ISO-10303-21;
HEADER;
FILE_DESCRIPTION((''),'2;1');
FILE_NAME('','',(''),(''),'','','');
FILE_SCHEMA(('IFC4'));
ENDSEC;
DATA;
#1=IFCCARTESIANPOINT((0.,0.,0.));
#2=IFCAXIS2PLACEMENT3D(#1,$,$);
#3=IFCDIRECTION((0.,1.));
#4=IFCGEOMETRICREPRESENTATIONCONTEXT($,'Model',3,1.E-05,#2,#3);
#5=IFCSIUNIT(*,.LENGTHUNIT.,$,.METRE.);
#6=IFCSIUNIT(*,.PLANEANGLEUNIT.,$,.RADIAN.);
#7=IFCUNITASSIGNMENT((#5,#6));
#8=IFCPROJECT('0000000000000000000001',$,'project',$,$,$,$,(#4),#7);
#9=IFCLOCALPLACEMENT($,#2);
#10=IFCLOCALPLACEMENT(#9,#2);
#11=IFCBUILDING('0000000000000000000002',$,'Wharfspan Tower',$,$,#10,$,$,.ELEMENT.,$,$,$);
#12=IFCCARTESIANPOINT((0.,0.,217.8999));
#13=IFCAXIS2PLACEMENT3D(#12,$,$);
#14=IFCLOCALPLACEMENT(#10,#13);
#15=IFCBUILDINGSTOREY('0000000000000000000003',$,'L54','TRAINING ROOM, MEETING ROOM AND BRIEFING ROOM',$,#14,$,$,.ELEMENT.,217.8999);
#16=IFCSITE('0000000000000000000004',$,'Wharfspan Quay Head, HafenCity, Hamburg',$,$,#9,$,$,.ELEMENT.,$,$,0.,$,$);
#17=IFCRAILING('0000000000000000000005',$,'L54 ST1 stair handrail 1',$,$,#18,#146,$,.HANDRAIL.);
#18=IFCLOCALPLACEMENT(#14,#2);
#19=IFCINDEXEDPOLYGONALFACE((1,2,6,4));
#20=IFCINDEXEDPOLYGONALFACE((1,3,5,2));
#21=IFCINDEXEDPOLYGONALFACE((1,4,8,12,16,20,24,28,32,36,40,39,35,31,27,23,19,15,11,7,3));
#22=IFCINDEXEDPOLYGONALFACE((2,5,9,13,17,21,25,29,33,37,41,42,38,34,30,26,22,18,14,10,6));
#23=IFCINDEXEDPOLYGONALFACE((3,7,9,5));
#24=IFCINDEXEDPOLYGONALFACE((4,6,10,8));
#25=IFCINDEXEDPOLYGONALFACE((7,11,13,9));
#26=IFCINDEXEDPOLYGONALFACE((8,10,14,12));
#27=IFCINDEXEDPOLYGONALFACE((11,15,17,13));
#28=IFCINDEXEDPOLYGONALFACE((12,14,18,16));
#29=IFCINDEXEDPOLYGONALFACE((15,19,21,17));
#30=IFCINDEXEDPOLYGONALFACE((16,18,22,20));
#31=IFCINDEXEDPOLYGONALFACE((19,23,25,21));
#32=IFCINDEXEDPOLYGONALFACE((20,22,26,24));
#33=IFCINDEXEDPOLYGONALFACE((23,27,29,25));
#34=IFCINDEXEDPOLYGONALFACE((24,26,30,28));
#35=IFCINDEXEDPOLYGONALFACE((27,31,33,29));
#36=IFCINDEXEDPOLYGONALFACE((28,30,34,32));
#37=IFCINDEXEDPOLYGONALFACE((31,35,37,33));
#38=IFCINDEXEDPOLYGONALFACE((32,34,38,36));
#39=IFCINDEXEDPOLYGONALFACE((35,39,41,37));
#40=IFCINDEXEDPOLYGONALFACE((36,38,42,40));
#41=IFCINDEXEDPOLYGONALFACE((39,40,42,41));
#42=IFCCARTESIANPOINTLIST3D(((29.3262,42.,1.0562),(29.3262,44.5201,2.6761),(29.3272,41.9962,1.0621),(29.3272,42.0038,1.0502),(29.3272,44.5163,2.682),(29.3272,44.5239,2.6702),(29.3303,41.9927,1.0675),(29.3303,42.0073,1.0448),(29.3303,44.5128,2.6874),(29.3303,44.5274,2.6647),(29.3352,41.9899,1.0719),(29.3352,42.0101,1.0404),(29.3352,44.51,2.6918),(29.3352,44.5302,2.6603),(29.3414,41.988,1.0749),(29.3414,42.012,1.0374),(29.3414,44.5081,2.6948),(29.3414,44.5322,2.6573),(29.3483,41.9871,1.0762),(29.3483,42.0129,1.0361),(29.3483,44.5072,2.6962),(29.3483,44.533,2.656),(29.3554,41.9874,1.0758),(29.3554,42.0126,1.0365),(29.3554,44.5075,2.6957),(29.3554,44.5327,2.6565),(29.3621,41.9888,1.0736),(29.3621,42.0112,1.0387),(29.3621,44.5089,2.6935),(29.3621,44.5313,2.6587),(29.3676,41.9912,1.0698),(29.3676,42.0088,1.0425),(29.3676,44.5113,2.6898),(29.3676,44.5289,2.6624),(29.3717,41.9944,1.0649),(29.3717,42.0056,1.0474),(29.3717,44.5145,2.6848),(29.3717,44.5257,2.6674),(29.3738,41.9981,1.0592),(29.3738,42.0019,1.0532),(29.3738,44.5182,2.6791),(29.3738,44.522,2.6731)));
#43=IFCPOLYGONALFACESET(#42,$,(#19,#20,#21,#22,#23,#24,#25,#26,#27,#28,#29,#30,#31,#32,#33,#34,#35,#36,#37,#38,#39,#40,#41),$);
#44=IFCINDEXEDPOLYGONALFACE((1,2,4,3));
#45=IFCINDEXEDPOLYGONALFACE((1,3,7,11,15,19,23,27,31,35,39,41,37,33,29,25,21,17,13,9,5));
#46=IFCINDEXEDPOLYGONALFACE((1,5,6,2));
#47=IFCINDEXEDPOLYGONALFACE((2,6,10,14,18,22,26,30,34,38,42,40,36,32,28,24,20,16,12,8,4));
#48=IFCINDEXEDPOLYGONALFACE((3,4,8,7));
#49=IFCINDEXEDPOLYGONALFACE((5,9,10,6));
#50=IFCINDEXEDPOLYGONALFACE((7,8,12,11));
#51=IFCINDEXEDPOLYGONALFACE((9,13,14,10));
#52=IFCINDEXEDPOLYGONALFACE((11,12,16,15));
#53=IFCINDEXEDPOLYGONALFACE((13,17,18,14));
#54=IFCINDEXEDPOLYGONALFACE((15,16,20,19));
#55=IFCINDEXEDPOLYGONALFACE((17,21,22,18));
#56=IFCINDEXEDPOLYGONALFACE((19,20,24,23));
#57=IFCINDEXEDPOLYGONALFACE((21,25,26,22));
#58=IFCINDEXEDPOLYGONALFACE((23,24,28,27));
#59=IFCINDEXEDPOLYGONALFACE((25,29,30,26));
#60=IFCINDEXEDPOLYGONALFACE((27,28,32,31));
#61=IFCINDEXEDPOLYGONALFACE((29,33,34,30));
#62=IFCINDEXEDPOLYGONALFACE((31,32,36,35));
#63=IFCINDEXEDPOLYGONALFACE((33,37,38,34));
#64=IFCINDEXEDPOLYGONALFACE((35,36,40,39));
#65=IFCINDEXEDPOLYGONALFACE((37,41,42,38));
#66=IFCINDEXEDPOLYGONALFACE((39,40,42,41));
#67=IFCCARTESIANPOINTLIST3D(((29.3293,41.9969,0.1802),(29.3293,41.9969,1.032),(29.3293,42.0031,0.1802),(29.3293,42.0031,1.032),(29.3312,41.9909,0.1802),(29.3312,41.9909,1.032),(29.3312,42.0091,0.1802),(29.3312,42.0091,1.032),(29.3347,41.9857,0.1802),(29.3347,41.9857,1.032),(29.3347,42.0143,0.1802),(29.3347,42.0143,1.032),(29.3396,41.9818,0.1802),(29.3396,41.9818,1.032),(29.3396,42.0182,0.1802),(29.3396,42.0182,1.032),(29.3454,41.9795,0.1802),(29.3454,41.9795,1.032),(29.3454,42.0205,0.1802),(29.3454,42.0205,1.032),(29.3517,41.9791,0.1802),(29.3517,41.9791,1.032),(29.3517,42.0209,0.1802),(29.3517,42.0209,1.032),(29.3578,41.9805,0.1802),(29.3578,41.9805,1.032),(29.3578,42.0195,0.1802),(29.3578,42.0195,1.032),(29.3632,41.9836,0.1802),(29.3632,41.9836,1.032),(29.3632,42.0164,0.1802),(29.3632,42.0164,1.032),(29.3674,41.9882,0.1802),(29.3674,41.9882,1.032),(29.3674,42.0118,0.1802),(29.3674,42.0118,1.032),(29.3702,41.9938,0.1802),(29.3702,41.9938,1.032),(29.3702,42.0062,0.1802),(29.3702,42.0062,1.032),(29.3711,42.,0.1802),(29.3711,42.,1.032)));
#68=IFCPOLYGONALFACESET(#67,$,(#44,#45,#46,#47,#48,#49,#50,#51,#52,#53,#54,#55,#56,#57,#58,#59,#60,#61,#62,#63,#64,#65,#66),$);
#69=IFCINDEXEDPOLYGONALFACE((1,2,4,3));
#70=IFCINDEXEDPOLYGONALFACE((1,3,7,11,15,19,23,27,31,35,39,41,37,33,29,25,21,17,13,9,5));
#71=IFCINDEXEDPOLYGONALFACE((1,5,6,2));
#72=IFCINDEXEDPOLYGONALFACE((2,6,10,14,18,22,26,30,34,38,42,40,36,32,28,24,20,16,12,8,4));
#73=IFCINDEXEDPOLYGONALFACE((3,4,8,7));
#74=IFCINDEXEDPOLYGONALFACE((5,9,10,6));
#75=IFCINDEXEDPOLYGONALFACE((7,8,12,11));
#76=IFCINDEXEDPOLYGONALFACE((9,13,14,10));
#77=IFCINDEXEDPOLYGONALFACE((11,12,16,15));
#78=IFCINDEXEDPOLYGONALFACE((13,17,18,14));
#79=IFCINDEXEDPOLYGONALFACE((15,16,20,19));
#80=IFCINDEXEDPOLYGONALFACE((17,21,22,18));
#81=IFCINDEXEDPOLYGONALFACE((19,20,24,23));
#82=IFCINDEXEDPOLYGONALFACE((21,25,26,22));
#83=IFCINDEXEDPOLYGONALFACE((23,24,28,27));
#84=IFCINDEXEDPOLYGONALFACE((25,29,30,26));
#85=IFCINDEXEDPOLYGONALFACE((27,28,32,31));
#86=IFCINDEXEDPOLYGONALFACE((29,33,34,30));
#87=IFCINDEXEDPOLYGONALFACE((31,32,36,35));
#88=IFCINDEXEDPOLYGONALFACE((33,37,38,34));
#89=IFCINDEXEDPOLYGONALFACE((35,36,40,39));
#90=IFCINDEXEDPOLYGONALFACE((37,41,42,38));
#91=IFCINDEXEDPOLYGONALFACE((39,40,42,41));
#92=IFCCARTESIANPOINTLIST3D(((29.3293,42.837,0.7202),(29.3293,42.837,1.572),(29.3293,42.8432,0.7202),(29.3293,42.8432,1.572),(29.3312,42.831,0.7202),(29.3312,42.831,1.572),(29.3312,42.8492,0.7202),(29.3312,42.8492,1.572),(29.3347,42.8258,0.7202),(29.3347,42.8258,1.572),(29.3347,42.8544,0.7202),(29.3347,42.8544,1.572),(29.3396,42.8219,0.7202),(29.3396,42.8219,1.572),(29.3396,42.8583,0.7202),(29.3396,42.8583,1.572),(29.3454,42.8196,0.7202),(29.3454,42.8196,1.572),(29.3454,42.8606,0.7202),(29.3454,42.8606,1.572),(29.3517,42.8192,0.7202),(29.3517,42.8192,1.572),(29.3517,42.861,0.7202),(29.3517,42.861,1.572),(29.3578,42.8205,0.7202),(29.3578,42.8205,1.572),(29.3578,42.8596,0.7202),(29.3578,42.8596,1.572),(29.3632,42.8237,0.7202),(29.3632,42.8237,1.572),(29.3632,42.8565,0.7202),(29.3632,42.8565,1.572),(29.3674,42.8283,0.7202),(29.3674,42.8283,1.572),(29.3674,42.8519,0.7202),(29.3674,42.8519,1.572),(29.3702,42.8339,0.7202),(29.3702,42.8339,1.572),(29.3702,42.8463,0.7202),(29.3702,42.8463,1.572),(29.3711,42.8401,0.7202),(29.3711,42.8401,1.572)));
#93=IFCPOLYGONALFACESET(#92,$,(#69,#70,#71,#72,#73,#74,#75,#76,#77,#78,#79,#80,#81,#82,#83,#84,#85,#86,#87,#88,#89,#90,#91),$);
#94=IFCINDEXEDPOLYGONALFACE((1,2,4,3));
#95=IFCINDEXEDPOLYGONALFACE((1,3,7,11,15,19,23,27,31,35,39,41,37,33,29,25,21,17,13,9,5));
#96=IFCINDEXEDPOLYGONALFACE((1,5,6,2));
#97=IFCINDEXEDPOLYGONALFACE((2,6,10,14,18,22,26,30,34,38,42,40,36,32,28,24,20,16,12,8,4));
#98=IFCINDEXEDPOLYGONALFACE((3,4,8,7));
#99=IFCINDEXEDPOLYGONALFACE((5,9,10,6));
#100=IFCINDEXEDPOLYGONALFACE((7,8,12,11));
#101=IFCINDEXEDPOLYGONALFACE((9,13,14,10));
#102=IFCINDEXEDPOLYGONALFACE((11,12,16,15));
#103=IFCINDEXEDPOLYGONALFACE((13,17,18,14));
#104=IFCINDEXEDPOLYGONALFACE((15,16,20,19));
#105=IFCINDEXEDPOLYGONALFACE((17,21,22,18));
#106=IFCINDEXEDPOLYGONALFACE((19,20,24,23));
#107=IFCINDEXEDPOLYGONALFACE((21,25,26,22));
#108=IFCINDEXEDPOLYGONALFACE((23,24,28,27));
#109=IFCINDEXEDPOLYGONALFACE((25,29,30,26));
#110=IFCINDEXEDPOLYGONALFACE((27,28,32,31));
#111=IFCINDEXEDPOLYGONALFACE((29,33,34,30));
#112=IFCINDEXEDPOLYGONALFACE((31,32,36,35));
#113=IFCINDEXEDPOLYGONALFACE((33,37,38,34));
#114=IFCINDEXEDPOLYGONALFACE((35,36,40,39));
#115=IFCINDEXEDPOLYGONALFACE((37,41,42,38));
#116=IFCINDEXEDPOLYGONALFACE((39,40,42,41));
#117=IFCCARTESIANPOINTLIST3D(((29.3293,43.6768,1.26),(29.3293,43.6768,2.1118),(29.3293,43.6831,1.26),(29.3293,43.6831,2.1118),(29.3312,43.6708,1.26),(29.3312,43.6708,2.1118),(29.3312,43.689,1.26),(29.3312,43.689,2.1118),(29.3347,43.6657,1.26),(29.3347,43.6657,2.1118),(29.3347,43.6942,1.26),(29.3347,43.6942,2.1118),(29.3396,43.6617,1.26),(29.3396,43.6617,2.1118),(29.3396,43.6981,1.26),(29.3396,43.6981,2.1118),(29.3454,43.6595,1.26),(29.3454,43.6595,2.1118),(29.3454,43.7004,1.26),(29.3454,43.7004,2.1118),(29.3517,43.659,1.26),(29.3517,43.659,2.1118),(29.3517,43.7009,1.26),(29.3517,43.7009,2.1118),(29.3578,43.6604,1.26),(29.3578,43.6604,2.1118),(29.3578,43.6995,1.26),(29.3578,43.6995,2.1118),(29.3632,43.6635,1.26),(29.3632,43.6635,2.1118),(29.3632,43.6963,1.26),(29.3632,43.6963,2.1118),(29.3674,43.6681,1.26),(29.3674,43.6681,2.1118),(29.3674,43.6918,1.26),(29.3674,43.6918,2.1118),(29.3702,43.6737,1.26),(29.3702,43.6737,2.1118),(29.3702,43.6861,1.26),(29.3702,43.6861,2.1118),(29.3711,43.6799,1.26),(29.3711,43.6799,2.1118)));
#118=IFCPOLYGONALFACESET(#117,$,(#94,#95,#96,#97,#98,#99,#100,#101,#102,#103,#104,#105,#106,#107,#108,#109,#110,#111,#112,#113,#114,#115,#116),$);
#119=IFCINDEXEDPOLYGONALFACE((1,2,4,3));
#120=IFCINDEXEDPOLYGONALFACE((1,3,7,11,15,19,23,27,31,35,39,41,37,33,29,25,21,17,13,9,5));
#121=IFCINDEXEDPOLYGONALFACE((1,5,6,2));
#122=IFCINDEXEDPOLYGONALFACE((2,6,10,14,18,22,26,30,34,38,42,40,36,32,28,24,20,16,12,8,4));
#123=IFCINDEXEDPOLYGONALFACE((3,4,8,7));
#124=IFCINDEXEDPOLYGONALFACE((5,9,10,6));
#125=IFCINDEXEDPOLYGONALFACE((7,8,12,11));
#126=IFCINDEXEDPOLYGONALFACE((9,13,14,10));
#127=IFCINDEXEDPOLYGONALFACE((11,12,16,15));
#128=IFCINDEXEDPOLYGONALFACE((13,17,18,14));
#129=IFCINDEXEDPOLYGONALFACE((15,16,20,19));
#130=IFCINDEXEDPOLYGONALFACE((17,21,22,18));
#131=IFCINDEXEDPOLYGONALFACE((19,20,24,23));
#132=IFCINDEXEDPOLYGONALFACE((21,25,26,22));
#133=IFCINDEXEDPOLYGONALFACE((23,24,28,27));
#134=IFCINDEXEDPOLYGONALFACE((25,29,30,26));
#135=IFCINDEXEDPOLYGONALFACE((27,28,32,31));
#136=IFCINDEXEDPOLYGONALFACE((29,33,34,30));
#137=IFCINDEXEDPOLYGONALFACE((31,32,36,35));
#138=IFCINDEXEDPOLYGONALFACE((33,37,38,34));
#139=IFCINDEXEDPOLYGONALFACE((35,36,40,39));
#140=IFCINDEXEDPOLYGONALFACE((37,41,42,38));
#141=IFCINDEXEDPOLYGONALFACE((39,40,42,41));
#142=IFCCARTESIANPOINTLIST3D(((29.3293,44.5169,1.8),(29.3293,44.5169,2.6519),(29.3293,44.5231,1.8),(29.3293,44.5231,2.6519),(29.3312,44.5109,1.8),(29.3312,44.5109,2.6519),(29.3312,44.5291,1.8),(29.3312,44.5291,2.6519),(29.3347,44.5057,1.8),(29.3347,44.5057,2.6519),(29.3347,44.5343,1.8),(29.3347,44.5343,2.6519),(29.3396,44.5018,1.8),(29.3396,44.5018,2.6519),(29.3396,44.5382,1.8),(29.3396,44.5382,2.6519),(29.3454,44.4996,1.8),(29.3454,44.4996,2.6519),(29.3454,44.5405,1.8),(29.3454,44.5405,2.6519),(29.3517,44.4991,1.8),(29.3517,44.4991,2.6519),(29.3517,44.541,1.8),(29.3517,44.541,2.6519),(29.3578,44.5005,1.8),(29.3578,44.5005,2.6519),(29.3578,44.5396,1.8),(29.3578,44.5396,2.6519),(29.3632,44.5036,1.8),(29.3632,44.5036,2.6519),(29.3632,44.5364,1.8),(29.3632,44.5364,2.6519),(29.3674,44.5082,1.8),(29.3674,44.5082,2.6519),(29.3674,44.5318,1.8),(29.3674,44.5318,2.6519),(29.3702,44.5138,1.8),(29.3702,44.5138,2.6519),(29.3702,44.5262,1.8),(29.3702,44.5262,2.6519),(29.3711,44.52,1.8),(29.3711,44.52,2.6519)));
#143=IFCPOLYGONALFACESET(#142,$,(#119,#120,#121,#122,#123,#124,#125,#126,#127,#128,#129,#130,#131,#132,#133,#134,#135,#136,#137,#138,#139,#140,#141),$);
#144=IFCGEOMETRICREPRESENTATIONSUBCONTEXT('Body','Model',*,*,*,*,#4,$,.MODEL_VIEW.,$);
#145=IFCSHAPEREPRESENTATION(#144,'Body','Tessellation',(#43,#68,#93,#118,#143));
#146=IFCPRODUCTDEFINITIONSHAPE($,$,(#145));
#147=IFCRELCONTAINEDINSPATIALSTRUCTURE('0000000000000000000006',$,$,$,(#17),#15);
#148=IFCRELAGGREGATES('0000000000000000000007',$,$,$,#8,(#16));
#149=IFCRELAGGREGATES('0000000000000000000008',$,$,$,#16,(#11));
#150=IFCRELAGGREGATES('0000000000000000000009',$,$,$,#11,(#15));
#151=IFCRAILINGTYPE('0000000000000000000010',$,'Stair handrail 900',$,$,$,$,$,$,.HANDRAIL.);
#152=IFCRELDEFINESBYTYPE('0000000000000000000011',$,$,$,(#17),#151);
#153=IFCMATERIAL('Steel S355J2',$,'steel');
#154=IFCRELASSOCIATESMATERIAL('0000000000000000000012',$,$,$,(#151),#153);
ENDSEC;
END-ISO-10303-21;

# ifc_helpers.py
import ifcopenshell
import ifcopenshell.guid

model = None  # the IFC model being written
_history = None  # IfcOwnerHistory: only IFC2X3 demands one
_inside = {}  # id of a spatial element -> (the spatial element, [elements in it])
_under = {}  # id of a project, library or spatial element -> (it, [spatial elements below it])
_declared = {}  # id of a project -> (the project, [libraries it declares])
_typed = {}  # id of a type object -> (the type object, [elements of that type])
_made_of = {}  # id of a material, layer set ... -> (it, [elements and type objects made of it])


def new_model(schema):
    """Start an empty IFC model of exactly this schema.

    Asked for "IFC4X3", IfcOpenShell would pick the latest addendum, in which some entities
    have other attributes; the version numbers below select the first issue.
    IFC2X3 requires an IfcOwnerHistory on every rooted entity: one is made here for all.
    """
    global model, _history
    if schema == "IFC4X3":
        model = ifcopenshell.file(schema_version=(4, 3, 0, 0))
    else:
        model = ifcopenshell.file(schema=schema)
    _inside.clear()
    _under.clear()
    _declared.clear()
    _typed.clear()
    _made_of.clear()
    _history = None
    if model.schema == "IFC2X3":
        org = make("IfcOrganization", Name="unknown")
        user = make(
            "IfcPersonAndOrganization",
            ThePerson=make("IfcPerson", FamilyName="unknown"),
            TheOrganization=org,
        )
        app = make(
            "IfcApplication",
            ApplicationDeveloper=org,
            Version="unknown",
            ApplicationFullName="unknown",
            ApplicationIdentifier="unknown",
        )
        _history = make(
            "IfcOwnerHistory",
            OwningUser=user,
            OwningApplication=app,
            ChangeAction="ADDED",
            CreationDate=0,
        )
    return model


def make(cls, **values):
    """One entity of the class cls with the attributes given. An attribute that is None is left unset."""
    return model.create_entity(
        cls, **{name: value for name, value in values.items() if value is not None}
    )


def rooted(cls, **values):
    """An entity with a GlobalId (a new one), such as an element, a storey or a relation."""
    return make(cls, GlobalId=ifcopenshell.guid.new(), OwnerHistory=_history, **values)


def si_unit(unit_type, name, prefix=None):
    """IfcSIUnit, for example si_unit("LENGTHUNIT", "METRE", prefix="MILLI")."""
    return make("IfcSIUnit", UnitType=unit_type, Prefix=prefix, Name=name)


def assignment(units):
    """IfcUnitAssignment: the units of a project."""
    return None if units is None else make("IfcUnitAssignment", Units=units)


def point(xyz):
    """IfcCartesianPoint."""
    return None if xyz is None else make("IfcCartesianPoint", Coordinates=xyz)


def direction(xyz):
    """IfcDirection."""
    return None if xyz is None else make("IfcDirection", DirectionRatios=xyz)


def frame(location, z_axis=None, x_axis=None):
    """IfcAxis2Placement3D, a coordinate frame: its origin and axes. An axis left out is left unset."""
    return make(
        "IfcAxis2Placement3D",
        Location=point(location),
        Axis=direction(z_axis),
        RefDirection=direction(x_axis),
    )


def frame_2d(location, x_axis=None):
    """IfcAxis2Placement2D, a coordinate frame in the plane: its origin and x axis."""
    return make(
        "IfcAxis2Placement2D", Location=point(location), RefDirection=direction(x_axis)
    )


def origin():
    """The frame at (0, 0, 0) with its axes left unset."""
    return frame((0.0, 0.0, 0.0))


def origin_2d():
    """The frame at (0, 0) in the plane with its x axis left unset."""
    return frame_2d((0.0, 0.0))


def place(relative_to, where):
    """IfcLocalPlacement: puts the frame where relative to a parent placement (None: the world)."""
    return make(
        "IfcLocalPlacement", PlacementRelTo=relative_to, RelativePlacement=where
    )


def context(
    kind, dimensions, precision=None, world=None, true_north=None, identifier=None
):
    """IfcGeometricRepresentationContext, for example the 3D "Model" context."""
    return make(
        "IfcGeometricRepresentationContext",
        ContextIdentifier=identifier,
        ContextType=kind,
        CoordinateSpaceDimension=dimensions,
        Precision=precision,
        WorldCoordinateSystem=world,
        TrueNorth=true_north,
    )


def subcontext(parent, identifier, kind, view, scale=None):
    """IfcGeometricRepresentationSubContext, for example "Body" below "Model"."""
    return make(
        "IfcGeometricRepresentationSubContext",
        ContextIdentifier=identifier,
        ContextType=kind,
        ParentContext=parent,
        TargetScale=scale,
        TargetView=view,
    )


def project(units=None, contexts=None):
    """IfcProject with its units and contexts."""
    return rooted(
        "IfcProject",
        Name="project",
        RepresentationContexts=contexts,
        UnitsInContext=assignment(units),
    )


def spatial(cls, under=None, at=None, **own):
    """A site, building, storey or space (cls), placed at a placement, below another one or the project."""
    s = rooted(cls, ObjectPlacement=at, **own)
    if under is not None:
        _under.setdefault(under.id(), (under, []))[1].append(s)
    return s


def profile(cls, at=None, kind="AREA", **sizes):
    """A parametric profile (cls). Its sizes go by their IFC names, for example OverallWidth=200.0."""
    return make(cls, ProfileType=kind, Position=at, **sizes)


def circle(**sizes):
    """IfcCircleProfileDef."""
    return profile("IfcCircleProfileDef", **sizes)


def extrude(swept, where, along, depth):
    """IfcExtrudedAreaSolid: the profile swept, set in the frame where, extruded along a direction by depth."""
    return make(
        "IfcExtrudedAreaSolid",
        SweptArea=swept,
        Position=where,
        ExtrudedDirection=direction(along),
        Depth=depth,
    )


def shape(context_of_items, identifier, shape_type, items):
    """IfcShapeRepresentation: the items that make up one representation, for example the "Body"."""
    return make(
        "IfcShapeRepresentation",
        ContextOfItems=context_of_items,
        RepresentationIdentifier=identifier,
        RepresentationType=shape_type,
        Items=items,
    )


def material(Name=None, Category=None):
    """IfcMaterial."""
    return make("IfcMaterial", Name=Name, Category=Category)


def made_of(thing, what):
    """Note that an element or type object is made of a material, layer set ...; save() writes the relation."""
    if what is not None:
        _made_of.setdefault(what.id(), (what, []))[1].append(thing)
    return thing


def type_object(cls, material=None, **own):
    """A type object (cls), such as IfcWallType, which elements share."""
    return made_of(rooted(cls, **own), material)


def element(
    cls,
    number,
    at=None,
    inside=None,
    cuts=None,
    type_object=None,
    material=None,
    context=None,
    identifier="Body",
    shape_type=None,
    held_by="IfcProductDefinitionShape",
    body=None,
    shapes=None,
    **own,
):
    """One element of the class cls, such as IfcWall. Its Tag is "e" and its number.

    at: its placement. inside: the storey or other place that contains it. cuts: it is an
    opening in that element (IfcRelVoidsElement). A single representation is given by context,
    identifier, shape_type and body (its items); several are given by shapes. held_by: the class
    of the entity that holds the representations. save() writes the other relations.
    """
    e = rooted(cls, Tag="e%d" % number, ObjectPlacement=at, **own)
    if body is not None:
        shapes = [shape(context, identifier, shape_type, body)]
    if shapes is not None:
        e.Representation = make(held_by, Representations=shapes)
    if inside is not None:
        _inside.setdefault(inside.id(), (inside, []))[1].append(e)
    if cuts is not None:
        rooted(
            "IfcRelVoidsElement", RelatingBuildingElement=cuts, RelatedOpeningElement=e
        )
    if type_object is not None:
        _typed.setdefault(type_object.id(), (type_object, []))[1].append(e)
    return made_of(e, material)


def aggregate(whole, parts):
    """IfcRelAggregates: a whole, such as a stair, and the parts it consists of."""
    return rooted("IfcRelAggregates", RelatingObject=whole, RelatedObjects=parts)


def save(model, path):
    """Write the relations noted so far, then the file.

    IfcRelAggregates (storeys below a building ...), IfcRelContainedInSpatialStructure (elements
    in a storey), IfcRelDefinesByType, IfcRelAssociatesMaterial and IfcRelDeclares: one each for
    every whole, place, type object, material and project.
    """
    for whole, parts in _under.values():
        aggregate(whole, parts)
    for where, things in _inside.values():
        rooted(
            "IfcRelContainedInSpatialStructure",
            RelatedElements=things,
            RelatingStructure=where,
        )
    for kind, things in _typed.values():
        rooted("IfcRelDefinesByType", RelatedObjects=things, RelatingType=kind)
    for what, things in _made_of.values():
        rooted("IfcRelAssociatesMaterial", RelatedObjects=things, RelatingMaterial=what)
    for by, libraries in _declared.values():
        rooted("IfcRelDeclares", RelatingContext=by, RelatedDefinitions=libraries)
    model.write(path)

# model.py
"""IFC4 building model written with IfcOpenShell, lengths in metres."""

from ifc_helpers import new_model, si_unit, direction, frame, origin, origin_2d, place, context, subcontext, project, spatial, circle, extrude, material, type_object, element, save


model = new_model("IFC4")

# Units and contexts
model_context = context("Model", 3, precision=1e-05, world=origin(), true_north=direction((0.0, 1.0)))
body_context = subcontext(model_context, "Body", "Model", "MODEL_VIEW")
ifc_project = project(units=[si_unit("LENGTHUNIT", "METRE"), si_unit("PLANEANGLEUNIT", "RADIAN")], contexts=[model_context])

# Site, building, storey
site_placement = place(None, origin())
site = spatial("IfcSite", under=ifc_project, at=site_placement, Name="Wharfspan Quay Head, HafenCity, Hamburg", CompositionType="ELEMENT", RefElevation=0.0)
building_placement = place(site_placement, origin())
building = spatial("IfcBuilding", under=site, at=building_placement, Name="Wharfspan Tower", CompositionType="ELEMENT")
storey_placement = place(building_placement, frame((0.0, 0.0, 217.8999)))
storey = spatial("IfcBuildingStorey", under=building, at=storey_placement, Name="L54", Description="TRAINING ROOM, MEETING ROOM AND BRIEFING ROOM", CompositionType="ELEMENT", Elevation=217.8999)

# Shared definitions
ifc_material_1 = material(Name="Steel S355J2", Category="steel")

# Railing
railing_type = type_object("IfcRailingType", Name="Stair handrail 900", PredefinedType="HANDRAIL", material=ifc_material_1)
railing_1_placement = place(storey_placement, frame((29.3501, 42.0, 0.1802)))
element("IfcRailing", 1, at=railing_1_placement, inside=storey, type_object=railing_type, Name="L54 ST1 stair handrail 1", PredefinedType="HANDRAIL", context=body_context, shape_type="SweptSolid", body=[
    extrude(circle(Radius=0.0239, at=origin_2d()), frame((0.0, 0.0, 0.876), z_axis=(0.0, 0.8412, 0.540725), x_axis=(-1.0, 0.0, 0.0)), (0.0, 0.0, 1.0), 2.9958),
    extrude(circle(Radius=0.021, at=origin_2d()), origin(), (0.0, 0.0, 1.0), 0.8518),
    extrude(circle(Radius=0.021, at=origin_2d()), frame((0.0, 0.8401, 0.54)), (0.0, 0.0, 1.0), 0.8518),
    extrude(circle(Radius=0.021, at=origin_2d()), frame((0.0, 1.6799, 1.0798)), (0.0, 0.0, 1.0), 0.8518),
    extrude(circle(Radius=0.021, at=origin_2d()), frame((0.0, 2.52, 1.6199)), (0.0, 0.0, 1.0), 0.8518),
])

save(model, "model.ifc")
